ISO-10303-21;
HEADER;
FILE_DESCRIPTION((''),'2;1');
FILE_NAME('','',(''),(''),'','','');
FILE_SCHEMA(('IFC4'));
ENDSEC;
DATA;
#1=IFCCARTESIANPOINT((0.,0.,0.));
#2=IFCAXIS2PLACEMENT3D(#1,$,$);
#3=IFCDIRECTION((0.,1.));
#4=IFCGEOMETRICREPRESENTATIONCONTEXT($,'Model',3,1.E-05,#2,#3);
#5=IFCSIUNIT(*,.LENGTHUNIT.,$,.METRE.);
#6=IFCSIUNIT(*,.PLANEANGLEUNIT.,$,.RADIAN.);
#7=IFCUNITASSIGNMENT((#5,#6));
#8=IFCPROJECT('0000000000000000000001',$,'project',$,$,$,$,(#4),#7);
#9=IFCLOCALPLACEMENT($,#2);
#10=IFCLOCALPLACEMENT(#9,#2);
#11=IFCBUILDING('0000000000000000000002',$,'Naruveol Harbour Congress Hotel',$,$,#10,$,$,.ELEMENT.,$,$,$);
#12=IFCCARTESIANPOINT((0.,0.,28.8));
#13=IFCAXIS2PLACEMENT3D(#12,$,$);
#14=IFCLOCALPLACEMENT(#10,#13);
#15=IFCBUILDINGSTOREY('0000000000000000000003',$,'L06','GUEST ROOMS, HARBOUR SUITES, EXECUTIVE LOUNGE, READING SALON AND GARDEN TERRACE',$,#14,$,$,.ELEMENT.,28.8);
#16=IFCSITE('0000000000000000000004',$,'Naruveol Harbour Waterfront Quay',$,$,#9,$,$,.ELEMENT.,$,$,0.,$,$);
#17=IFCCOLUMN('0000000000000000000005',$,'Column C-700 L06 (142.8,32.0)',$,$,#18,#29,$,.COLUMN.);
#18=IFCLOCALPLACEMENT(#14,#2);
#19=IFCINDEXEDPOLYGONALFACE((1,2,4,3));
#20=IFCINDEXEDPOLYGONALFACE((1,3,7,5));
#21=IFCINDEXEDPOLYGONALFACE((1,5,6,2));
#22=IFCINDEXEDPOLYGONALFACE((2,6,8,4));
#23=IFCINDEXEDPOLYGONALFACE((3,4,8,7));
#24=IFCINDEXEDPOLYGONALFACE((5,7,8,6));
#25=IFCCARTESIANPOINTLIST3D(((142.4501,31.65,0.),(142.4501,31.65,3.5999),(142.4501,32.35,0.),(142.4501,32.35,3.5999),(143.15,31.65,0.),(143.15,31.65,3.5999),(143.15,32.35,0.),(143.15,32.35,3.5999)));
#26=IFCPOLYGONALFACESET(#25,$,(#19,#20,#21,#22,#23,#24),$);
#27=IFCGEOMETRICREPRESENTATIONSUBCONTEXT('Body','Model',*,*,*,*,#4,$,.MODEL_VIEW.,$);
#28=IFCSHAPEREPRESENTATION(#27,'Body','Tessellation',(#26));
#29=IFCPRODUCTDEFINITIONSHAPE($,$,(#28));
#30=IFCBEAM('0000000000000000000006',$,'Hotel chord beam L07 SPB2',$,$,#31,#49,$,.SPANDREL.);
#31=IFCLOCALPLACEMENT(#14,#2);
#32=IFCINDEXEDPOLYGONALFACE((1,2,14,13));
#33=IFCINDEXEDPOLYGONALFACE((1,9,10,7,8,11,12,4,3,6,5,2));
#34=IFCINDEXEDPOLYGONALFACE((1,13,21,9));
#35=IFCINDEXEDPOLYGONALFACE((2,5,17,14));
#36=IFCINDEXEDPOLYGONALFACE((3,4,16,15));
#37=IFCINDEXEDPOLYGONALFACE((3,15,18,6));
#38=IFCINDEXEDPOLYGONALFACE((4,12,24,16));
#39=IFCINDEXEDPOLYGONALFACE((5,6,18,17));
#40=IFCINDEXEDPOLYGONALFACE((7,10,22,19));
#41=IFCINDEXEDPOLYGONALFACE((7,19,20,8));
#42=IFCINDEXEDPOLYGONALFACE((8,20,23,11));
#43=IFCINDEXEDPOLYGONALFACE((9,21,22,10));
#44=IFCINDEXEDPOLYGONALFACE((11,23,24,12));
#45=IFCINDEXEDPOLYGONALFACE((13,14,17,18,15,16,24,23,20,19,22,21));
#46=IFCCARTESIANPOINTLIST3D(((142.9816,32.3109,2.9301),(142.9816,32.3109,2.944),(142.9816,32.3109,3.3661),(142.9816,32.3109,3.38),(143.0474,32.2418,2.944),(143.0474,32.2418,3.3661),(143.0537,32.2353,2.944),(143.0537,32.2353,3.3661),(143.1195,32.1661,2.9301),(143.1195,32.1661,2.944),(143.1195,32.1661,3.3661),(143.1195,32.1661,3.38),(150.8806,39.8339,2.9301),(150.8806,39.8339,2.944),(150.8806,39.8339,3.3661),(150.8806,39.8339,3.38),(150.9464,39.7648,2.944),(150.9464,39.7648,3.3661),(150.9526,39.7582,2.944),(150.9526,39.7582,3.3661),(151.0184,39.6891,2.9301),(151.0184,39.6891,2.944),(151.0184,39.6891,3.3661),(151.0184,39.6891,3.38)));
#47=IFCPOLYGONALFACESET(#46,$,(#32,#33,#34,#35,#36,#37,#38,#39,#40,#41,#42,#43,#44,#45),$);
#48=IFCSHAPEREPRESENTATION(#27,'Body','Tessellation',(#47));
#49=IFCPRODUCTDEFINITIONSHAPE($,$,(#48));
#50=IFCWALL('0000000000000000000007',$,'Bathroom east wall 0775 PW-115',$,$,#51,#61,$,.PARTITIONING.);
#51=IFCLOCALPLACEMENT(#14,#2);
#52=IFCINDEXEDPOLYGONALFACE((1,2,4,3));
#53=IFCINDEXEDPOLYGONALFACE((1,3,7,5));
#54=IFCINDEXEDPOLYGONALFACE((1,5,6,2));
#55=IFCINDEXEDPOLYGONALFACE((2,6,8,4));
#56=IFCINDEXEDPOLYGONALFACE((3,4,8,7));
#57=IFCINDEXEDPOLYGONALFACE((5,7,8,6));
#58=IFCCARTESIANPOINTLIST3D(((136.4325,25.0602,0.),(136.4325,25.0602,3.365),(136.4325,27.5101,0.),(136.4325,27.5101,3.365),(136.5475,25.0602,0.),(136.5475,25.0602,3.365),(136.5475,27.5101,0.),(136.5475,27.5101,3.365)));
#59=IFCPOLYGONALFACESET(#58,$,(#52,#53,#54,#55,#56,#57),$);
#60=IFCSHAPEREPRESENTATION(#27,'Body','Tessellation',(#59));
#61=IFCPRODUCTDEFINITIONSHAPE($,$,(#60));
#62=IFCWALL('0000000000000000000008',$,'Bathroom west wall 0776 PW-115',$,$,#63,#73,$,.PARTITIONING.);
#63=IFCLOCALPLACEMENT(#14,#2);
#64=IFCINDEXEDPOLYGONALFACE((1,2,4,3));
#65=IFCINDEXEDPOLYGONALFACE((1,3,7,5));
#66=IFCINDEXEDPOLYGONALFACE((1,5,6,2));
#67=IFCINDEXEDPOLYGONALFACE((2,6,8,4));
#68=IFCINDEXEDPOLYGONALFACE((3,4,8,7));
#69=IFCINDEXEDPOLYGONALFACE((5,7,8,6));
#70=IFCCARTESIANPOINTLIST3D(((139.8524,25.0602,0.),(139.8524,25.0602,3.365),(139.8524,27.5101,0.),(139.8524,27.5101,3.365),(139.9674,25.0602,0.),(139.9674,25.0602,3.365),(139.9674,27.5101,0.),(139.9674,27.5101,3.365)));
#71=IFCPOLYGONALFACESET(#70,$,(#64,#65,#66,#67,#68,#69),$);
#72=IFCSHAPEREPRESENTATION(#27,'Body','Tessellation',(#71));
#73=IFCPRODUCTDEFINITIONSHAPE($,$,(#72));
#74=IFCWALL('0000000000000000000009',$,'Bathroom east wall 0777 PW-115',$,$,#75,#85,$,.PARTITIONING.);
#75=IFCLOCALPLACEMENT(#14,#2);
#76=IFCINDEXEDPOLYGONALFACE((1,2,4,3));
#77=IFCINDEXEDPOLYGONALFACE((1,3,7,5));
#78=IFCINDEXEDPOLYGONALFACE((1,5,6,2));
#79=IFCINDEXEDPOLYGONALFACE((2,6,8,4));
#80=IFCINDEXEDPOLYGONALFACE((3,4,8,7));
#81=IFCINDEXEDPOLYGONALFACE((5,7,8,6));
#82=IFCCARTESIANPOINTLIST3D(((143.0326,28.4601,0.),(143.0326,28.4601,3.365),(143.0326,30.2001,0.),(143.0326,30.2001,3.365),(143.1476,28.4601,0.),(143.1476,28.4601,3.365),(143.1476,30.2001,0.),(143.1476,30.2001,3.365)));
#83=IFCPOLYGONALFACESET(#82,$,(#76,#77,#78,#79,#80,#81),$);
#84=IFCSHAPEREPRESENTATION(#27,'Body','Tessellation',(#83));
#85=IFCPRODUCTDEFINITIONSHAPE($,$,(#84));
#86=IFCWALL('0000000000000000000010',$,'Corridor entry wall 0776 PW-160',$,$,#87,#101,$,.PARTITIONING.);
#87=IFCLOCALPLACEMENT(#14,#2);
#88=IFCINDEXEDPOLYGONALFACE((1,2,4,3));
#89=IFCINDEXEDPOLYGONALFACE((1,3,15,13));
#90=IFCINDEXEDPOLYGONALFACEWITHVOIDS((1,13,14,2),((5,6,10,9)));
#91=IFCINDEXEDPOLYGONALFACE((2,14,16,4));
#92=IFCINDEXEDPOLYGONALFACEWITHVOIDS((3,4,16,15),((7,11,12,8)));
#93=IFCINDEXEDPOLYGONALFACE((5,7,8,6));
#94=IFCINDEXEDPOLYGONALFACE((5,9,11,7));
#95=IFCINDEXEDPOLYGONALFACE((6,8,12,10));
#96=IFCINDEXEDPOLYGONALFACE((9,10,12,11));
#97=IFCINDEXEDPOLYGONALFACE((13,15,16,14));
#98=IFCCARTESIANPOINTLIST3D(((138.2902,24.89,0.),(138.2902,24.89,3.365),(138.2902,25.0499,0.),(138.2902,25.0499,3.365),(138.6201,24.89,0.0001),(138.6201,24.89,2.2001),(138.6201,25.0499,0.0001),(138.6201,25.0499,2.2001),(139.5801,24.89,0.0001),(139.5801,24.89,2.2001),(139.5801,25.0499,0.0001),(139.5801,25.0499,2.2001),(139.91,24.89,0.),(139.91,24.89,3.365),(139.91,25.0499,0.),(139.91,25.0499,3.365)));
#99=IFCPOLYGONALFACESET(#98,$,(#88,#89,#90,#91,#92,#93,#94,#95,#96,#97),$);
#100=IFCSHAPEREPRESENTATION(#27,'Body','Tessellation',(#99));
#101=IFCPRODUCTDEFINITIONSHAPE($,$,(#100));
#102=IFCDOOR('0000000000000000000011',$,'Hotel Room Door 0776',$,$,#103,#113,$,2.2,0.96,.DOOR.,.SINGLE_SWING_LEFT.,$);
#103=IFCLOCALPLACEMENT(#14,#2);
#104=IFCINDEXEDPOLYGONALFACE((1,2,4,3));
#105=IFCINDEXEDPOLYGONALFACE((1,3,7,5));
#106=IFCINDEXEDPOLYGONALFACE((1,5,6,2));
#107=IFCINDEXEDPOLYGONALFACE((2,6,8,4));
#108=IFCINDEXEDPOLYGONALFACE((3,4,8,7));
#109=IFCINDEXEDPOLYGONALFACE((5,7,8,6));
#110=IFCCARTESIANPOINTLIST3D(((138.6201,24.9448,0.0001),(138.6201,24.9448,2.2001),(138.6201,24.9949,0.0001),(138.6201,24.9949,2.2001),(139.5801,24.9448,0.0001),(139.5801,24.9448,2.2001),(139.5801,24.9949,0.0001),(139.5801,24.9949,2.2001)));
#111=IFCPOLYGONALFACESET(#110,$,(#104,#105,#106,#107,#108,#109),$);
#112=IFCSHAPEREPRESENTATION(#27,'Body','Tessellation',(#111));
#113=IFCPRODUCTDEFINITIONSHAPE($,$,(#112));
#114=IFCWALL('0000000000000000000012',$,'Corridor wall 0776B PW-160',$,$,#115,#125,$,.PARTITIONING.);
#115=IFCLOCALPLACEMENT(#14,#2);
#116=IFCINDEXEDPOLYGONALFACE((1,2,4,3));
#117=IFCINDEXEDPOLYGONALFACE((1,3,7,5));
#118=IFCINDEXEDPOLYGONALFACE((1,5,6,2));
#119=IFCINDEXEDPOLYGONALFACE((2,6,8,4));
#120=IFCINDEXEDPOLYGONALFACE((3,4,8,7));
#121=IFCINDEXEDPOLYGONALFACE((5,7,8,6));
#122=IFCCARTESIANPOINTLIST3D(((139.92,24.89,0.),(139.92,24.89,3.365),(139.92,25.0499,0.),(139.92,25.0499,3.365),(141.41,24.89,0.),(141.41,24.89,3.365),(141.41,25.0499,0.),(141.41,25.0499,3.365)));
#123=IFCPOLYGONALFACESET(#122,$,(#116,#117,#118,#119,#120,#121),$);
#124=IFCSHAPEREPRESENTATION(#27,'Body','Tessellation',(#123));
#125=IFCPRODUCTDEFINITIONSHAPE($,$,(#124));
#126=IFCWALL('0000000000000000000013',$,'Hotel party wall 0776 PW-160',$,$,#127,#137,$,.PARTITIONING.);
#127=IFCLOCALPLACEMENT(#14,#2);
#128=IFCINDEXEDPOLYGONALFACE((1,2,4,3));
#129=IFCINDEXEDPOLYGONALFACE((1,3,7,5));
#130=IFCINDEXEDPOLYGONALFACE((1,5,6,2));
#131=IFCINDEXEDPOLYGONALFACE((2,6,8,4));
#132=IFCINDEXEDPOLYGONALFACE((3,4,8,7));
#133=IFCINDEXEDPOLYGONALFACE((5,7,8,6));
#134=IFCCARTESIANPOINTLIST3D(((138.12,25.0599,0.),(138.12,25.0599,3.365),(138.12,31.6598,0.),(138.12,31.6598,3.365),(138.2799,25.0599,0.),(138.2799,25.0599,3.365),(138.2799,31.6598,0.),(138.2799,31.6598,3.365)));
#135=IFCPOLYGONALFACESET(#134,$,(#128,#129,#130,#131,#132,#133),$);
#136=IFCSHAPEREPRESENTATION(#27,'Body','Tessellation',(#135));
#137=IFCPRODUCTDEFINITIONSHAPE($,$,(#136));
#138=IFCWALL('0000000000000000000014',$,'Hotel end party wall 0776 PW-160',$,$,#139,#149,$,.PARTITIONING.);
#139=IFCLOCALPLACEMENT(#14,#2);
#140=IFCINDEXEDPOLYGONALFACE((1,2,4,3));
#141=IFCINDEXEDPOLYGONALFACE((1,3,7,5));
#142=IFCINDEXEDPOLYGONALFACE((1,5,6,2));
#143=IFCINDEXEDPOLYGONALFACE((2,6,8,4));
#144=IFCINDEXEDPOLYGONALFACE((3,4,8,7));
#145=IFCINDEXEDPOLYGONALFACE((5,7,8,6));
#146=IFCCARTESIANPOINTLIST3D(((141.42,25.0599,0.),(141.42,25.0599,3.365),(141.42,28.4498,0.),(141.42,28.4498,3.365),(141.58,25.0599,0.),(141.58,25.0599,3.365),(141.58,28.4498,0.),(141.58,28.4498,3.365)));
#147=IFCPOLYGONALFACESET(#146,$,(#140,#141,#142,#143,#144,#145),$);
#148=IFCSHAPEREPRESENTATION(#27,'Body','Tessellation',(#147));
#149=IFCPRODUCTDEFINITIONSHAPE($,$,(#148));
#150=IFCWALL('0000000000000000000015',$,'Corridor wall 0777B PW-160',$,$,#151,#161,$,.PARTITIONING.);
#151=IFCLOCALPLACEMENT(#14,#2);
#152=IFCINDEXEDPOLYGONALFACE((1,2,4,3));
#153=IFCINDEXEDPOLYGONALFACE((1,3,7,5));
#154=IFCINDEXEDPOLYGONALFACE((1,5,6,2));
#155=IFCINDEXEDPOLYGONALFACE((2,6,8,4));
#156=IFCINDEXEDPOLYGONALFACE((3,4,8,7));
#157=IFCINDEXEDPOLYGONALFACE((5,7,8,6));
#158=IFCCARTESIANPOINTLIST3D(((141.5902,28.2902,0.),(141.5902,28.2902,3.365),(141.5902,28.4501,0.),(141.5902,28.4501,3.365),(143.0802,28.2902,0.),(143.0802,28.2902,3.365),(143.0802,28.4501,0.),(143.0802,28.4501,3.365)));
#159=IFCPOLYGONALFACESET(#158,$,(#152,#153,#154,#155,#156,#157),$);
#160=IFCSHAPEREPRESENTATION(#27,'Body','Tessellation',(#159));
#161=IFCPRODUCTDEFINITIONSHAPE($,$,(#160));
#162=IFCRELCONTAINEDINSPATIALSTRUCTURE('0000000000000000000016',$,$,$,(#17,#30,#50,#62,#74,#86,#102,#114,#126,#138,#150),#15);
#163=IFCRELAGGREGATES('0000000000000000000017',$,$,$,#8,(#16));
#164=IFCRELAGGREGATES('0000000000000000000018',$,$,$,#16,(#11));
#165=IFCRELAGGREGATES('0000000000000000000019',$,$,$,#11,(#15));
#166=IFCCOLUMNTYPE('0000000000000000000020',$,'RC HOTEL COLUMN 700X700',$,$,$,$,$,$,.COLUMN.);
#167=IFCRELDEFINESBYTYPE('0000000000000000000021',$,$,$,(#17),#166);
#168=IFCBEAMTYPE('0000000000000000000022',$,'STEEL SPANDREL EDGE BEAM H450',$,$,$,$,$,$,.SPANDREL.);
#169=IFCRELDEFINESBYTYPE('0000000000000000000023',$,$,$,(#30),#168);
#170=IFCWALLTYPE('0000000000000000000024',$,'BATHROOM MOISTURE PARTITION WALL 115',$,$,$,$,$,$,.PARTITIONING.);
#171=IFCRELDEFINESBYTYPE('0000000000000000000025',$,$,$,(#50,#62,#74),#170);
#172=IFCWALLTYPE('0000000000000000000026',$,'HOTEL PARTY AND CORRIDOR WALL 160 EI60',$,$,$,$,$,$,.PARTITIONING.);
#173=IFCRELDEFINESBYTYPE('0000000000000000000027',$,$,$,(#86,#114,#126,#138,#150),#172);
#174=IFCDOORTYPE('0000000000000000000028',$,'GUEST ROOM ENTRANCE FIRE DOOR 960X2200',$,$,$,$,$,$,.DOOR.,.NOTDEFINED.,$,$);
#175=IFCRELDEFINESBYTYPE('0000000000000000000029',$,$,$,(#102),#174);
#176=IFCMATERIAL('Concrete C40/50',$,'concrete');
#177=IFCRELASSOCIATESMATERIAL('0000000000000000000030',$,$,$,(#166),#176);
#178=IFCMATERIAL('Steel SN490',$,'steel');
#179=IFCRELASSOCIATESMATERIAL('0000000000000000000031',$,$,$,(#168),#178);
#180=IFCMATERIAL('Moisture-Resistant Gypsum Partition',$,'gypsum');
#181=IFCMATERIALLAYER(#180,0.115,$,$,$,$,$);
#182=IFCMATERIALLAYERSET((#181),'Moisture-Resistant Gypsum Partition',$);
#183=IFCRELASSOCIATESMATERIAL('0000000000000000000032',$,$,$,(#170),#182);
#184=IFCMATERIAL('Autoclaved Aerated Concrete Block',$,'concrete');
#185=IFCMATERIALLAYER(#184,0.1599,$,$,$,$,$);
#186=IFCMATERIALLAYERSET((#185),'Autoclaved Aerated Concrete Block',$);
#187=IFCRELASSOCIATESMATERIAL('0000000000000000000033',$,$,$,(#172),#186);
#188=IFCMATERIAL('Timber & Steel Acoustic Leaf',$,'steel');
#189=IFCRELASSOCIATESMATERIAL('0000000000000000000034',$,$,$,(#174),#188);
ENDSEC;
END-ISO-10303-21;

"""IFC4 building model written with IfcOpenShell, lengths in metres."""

from ifc_helpers import new_model, si_unit, direction, frame, frame_2d, origin, origin_2d, place, context, subcontext, project, spatial, rectangle, i_section, extrude, material, layer, layer_set, material_profile, profile_set, type_object, element, fill, save


model = new_model("IFC4")

# Units and contexts
model_context = context("Model", 3, precision=1e-05, world=origin(), true_north=direction((0.0, 1.0)))
body_context = subcontext(model_context, "Body", "Model", "MODEL_VIEW")
ifc_project = project(units=[si_unit("LENGTHUNIT", "METRE"), si_unit("PLANEANGLEUNIT", "RADIAN")], contexts=[model_context])

# Site, building, storey
site_placement = place(None, origin())
site = spatial("IfcSite", under=ifc_project, at=site_placement, Name="Naruveol Harbour Waterfront Quay", CompositionType="ELEMENT", RefElevation=0.0)
building_placement = place(site_placement, origin())
building = spatial("IfcBuilding", under=site, at=building_placement, Name="Naruveol Harbour Congress Hotel", CompositionType="ELEMENT")
storey_placement = place(building_placement, frame((0.0, 0.0, 28.8)))
storey = spatial("IfcBuildingStorey", under=building, at=storey_placement, Name="L06", Description="GUEST ROOMS, HARBOUR SUITES, EXECUTIVE LOUNGE, READING SALON AND GARDEN TERRACE", CompositionType="ELEMENT", Elevation=28.8)

# Column
ifc_material_1 = material(Name="Concrete C40/50", Category="concrete")
ifc_material_profile_1 = material_profile(ifc_material_1, rectangle(XDim=0.7, YDim=0.7, at=origin_2d()), Name="RC-700x700")
ifc_profile_set_1 = profile_set([ifc_material_profile_1], Name="Concrete C40/50")
column_type = type_object("IfcColumnType", Name="RC HOTEL COLUMN 700X700", PredefinedType="COLUMN", material=ifc_profile_set_1)
column_placement = place(storey_placement, frame((142.8, 32.0, 0.0), z_axis=(0.0, 0.0, 1.0), x_axis=(1.0, 0.0, 0.0)))
element("IfcColumn", 1, at=column_placement, inside=storey, type_object=column_type, Name="Column C-700 L06 (142.8,32.0)", PredefinedType="COLUMN", context=body_context, shape_type="SweptSolid", body=[
    extrude(rectangle(XDim=0.7, YDim=0.7, at=origin_2d()), origin(), (0.0, 0.0, 1.0), 3.5999),
])

# Beam
ifc_material_2 = material(Name="Steel SN490", Category="steel")
ifc_material_profile_2 = material_profile(ifc_material_2, i_section(OverallWidth=0.2, OverallDepth=0.45, WebThickness=0.009, FlangeThickness=0.0139, at=origin_2d()), Name="H-450x200x9x14")
ifc_profile_set_2 = profile_set([ifc_material_profile_2], Name="Steel SN490")
beam_type = type_object("IfcBeamType", Name="STEEL SPANDREL EDGE BEAM H450", PredefinedType="SPANDREL", material=ifc_profile_set_2)
beam_placement = place(storey_placement, frame((143.0505, 32.2385, 3.155), z_axis=(0.72413, 0.689663, 0.0), x_axis=(-0.689663, 0.72413, 0.0)))
element("IfcBeam", 2, at=beam_placement, inside=storey, type_object=beam_type, Name="Hotel chord beam L07 SPB2", PredefinedType="SPANDREL", context=body_context, shape_type="SweptSolid", body=[
    extrude(i_section(OverallWidth=0.2, OverallDepth=0.45, WebThickness=0.009, FlangeThickness=0.0139, at=origin_2d()), origin(), (0.0, 0.0, 1.0), 10.9082),
])

# Walls
ifc_material_3 = material(Name="Moisture-Resistant Gypsum Partition", Category="gypsum")
ifc_layer_1 = layer(ifc_material_3, 0.115)
ifc_layer_set_1 = layer_set([ifc_layer_1], Name="Moisture-Resistant Gypsum Partition")
wall_type_1 = type_object("IfcWallType", Name="BATHROOM MOISTURE PARTITION WALL 115", PredefinedType="PARTITIONING", material=ifc_layer_set_1)
for number, where, z_axis, x_axis, name in (
    (3, (136.49, 25.0601, 0.0), (0.0, 0.0, 1.0), (0.0, 1.0, 0.0), "Bathroom east wall 0775 PW-115"),
    (4, (139.9099, 25.0601, 0.0), (0.0, 0.0, 1.0), (0.0, 1.0, 0.0), "Bathroom west wall 0776 PW-115"),
):
    element("IfcWall", number, at=place(storey_placement, frame(where, z_axis=z_axis, x_axis=x_axis)), inside=storey, type_object=wall_type_1, Name=name, PredefinedType="PARTITIONING", context=body_context, shape_type="SweptSolid", body=[
        extrude(rectangle(XDim=2.45, YDim=0.115, at=frame_2d((1.2251, 0.0))), origin(), (0.0, 0.0, 1.0), 3.365),
    ])

# Wall
wall_1_placement = place(storey_placement, frame((143.0901, 28.46, 0.0), z_axis=(0.0, 0.0, 1.0), x_axis=(0.0, 1.0, 0.0)))
element("IfcWall", 5, at=wall_1_placement, inside=storey, type_object=wall_type_1, Name="Bathroom east wall 0777 PW-115", PredefinedType="PARTITIONING", context=body_context, shape_type="SweptSolid", body=[
    extrude(rectangle(XDim=1.74, YDim=0.115, at=frame_2d((0.8701, 0.0))), origin(), (0.0, 0.0, 1.0), 3.365),
])

# Wall, opening, door
ifc_material_4 = material(Name="Autoclaved Aerated Concrete Block", Category="concrete")
ifc_layer_2 = layer(ifc_material_4, 0.1599)
ifc_layer_set_2 = layer_set([ifc_layer_2], Name="Autoclaved Aerated Concrete Block")
wall_type_2 = type_object("IfcWallType", Name="HOTEL PARTY AND CORRIDOR WALL 160 EI60", PredefinedType="PARTITIONING", material=ifc_layer_set_2)
wall_2_placement = place(storey_placement, frame((138.29, 24.97, 0.0), z_axis=(0.0, 0.0, 1.0), x_axis=(1.0, 0.0, 0.0)))
wall_2 = element("IfcWall", 6, at=wall_2_placement, inside=storey, type_object=wall_type_2, Name="Corridor entry wall 0776 PW-160", PredefinedType="PARTITIONING", context=body_context, shape_type="SweptSolid", body=[
    extrude(rectangle(XDim=1.6199, YDim=0.1599, at=frame_2d((0.8101, 0.0))), origin(), (0.0, 0.0, 1.0), 3.365),
])
opening_1_placement = place(wall_2_placement, frame((0.3301, 0.0, 0.0)))
opening_1 = element("IfcOpeningElement", 7, at=opening_1_placement, cuts=wall_2, PredefinedType="OPENING", context=body_context, shape_type="SweptSolid", body=[
    extrude(rectangle(XDim=0.96, YDim=2.2, at=frame_2d((0.48, 1.1001))), frame((0.0, 0.0898, 0.0), z_axis=(0.0, -1.0, 0.0), x_axis=(1.0, 0.0, 0.0)), (0.0, 0.0, 1.0), 0.1799),
])
ifc_material_5 = material(Name="Timber & Steel Acoustic Leaf", Category="steel")
door_type_1 = type_object("IfcDoorType", Name="GUEST ROOM ENTRANCE FIRE DOOR 960X2200", OperationType="NOTDEFINED", PredefinedType="DOOR", material=ifc_material_5)
door_1_placement = place(opening_1_placement, origin())
door_1 = element("IfcDoor", 8, at=door_1_placement, inside=storey, type_object=door_type_1, Name="Hotel Room Door 0776", OperationType="SINGLE_SWING_LEFT", OverallHeight=2.2, OverallWidth=0.96, PredefinedType="DOOR", context=body_context, shape_type="SweptSolid", body=[
    extrude(rectangle(XDim=0.96, YDim=2.2, at=frame_2d((0.48, 1.1001))), frame((0.0, 0.0249, 0.0), z_axis=(0.0, -1.0, 0.0), x_axis=(1.0, 0.0, 0.0)), (0.0, 0.0, 1.0), 0.05),
])
fill(opening_1, door_1)

# Walls
wall_3_placement = place(storey_placement, frame((139.9199, 24.97, 0.0), z_axis=(0.0, 0.0, 1.0), x_axis=(1.0, 0.0, 0.0)))
element("IfcWall", 9, at=wall_3_placement, inside=storey, type_object=wall_type_2, Name="Corridor wall 0776B PW-160", PredefinedType="PARTITIONING", context=body_context, shape_type="SweptSolid", body=[
    extrude(rectangle(XDim=1.49, YDim=0.1599, at=frame_2d((0.7451, 0.0))), origin(), (0.0, 0.0, 1.0), 3.365),
])
wall_4_placement = place(storey_placement, frame((138.2, 25.0601, 0.0), z_axis=(0.0, 0.0, 1.0), x_axis=(0.0, 1.0, 0.0)))
element("IfcWall", 10, at=wall_4_placement, inside=storey, type_object=wall_type_2, Name="Hotel party wall 0776 PW-160", PredefinedType="PARTITIONING", context=body_context, shape_type="SweptSolid", body=[
    extrude(rectangle(XDim=6.5999, YDim=0.1599, at=frame_2d((3.2998, 0.0))), origin(), (0.0, 0.0, 1.0), 3.365),
])
wall_5_placement = place(storey_placement, frame((141.5, 25.0601, 0.0), z_axis=(0.0, 0.0, 1.0), x_axis=(0.0, 1.0, 0.0)))
element("IfcWall", 11, at=wall_5_placement, inside=storey, type_object=wall_type_2, Name="Hotel end party wall 0776 PW-160", PredefinedType="PARTITIONING", context=body_context, shape_type="SweptSolid", body=[
    extrude(rectangle(XDim=3.3899, YDim=0.1599, at=frame_2d((1.6948, 0.0))), origin(), (0.0, 0.0, 1.0), 3.365),
])
wall_6_placement = place(storey_placement, frame((141.5901, 28.3701, 0.0), z_axis=(0.0, 0.0, 1.0), x_axis=(1.0, 0.0, 0.0)))
element("IfcWall", 12, at=wall_6_placement, inside=storey, type_object=wall_type_2, Name="Corridor wall 0777B PW-160", PredefinedType="PARTITIONING", context=body_context, shape_type="SweptSolid", body=[
    extrude(rectangle(XDim=1.49, YDim=0.1599, at=frame_2d((0.7451, 0.0))), origin(), (0.0, 0.0, 1.0), 3.365),
])

save(model, "model.ifc")
